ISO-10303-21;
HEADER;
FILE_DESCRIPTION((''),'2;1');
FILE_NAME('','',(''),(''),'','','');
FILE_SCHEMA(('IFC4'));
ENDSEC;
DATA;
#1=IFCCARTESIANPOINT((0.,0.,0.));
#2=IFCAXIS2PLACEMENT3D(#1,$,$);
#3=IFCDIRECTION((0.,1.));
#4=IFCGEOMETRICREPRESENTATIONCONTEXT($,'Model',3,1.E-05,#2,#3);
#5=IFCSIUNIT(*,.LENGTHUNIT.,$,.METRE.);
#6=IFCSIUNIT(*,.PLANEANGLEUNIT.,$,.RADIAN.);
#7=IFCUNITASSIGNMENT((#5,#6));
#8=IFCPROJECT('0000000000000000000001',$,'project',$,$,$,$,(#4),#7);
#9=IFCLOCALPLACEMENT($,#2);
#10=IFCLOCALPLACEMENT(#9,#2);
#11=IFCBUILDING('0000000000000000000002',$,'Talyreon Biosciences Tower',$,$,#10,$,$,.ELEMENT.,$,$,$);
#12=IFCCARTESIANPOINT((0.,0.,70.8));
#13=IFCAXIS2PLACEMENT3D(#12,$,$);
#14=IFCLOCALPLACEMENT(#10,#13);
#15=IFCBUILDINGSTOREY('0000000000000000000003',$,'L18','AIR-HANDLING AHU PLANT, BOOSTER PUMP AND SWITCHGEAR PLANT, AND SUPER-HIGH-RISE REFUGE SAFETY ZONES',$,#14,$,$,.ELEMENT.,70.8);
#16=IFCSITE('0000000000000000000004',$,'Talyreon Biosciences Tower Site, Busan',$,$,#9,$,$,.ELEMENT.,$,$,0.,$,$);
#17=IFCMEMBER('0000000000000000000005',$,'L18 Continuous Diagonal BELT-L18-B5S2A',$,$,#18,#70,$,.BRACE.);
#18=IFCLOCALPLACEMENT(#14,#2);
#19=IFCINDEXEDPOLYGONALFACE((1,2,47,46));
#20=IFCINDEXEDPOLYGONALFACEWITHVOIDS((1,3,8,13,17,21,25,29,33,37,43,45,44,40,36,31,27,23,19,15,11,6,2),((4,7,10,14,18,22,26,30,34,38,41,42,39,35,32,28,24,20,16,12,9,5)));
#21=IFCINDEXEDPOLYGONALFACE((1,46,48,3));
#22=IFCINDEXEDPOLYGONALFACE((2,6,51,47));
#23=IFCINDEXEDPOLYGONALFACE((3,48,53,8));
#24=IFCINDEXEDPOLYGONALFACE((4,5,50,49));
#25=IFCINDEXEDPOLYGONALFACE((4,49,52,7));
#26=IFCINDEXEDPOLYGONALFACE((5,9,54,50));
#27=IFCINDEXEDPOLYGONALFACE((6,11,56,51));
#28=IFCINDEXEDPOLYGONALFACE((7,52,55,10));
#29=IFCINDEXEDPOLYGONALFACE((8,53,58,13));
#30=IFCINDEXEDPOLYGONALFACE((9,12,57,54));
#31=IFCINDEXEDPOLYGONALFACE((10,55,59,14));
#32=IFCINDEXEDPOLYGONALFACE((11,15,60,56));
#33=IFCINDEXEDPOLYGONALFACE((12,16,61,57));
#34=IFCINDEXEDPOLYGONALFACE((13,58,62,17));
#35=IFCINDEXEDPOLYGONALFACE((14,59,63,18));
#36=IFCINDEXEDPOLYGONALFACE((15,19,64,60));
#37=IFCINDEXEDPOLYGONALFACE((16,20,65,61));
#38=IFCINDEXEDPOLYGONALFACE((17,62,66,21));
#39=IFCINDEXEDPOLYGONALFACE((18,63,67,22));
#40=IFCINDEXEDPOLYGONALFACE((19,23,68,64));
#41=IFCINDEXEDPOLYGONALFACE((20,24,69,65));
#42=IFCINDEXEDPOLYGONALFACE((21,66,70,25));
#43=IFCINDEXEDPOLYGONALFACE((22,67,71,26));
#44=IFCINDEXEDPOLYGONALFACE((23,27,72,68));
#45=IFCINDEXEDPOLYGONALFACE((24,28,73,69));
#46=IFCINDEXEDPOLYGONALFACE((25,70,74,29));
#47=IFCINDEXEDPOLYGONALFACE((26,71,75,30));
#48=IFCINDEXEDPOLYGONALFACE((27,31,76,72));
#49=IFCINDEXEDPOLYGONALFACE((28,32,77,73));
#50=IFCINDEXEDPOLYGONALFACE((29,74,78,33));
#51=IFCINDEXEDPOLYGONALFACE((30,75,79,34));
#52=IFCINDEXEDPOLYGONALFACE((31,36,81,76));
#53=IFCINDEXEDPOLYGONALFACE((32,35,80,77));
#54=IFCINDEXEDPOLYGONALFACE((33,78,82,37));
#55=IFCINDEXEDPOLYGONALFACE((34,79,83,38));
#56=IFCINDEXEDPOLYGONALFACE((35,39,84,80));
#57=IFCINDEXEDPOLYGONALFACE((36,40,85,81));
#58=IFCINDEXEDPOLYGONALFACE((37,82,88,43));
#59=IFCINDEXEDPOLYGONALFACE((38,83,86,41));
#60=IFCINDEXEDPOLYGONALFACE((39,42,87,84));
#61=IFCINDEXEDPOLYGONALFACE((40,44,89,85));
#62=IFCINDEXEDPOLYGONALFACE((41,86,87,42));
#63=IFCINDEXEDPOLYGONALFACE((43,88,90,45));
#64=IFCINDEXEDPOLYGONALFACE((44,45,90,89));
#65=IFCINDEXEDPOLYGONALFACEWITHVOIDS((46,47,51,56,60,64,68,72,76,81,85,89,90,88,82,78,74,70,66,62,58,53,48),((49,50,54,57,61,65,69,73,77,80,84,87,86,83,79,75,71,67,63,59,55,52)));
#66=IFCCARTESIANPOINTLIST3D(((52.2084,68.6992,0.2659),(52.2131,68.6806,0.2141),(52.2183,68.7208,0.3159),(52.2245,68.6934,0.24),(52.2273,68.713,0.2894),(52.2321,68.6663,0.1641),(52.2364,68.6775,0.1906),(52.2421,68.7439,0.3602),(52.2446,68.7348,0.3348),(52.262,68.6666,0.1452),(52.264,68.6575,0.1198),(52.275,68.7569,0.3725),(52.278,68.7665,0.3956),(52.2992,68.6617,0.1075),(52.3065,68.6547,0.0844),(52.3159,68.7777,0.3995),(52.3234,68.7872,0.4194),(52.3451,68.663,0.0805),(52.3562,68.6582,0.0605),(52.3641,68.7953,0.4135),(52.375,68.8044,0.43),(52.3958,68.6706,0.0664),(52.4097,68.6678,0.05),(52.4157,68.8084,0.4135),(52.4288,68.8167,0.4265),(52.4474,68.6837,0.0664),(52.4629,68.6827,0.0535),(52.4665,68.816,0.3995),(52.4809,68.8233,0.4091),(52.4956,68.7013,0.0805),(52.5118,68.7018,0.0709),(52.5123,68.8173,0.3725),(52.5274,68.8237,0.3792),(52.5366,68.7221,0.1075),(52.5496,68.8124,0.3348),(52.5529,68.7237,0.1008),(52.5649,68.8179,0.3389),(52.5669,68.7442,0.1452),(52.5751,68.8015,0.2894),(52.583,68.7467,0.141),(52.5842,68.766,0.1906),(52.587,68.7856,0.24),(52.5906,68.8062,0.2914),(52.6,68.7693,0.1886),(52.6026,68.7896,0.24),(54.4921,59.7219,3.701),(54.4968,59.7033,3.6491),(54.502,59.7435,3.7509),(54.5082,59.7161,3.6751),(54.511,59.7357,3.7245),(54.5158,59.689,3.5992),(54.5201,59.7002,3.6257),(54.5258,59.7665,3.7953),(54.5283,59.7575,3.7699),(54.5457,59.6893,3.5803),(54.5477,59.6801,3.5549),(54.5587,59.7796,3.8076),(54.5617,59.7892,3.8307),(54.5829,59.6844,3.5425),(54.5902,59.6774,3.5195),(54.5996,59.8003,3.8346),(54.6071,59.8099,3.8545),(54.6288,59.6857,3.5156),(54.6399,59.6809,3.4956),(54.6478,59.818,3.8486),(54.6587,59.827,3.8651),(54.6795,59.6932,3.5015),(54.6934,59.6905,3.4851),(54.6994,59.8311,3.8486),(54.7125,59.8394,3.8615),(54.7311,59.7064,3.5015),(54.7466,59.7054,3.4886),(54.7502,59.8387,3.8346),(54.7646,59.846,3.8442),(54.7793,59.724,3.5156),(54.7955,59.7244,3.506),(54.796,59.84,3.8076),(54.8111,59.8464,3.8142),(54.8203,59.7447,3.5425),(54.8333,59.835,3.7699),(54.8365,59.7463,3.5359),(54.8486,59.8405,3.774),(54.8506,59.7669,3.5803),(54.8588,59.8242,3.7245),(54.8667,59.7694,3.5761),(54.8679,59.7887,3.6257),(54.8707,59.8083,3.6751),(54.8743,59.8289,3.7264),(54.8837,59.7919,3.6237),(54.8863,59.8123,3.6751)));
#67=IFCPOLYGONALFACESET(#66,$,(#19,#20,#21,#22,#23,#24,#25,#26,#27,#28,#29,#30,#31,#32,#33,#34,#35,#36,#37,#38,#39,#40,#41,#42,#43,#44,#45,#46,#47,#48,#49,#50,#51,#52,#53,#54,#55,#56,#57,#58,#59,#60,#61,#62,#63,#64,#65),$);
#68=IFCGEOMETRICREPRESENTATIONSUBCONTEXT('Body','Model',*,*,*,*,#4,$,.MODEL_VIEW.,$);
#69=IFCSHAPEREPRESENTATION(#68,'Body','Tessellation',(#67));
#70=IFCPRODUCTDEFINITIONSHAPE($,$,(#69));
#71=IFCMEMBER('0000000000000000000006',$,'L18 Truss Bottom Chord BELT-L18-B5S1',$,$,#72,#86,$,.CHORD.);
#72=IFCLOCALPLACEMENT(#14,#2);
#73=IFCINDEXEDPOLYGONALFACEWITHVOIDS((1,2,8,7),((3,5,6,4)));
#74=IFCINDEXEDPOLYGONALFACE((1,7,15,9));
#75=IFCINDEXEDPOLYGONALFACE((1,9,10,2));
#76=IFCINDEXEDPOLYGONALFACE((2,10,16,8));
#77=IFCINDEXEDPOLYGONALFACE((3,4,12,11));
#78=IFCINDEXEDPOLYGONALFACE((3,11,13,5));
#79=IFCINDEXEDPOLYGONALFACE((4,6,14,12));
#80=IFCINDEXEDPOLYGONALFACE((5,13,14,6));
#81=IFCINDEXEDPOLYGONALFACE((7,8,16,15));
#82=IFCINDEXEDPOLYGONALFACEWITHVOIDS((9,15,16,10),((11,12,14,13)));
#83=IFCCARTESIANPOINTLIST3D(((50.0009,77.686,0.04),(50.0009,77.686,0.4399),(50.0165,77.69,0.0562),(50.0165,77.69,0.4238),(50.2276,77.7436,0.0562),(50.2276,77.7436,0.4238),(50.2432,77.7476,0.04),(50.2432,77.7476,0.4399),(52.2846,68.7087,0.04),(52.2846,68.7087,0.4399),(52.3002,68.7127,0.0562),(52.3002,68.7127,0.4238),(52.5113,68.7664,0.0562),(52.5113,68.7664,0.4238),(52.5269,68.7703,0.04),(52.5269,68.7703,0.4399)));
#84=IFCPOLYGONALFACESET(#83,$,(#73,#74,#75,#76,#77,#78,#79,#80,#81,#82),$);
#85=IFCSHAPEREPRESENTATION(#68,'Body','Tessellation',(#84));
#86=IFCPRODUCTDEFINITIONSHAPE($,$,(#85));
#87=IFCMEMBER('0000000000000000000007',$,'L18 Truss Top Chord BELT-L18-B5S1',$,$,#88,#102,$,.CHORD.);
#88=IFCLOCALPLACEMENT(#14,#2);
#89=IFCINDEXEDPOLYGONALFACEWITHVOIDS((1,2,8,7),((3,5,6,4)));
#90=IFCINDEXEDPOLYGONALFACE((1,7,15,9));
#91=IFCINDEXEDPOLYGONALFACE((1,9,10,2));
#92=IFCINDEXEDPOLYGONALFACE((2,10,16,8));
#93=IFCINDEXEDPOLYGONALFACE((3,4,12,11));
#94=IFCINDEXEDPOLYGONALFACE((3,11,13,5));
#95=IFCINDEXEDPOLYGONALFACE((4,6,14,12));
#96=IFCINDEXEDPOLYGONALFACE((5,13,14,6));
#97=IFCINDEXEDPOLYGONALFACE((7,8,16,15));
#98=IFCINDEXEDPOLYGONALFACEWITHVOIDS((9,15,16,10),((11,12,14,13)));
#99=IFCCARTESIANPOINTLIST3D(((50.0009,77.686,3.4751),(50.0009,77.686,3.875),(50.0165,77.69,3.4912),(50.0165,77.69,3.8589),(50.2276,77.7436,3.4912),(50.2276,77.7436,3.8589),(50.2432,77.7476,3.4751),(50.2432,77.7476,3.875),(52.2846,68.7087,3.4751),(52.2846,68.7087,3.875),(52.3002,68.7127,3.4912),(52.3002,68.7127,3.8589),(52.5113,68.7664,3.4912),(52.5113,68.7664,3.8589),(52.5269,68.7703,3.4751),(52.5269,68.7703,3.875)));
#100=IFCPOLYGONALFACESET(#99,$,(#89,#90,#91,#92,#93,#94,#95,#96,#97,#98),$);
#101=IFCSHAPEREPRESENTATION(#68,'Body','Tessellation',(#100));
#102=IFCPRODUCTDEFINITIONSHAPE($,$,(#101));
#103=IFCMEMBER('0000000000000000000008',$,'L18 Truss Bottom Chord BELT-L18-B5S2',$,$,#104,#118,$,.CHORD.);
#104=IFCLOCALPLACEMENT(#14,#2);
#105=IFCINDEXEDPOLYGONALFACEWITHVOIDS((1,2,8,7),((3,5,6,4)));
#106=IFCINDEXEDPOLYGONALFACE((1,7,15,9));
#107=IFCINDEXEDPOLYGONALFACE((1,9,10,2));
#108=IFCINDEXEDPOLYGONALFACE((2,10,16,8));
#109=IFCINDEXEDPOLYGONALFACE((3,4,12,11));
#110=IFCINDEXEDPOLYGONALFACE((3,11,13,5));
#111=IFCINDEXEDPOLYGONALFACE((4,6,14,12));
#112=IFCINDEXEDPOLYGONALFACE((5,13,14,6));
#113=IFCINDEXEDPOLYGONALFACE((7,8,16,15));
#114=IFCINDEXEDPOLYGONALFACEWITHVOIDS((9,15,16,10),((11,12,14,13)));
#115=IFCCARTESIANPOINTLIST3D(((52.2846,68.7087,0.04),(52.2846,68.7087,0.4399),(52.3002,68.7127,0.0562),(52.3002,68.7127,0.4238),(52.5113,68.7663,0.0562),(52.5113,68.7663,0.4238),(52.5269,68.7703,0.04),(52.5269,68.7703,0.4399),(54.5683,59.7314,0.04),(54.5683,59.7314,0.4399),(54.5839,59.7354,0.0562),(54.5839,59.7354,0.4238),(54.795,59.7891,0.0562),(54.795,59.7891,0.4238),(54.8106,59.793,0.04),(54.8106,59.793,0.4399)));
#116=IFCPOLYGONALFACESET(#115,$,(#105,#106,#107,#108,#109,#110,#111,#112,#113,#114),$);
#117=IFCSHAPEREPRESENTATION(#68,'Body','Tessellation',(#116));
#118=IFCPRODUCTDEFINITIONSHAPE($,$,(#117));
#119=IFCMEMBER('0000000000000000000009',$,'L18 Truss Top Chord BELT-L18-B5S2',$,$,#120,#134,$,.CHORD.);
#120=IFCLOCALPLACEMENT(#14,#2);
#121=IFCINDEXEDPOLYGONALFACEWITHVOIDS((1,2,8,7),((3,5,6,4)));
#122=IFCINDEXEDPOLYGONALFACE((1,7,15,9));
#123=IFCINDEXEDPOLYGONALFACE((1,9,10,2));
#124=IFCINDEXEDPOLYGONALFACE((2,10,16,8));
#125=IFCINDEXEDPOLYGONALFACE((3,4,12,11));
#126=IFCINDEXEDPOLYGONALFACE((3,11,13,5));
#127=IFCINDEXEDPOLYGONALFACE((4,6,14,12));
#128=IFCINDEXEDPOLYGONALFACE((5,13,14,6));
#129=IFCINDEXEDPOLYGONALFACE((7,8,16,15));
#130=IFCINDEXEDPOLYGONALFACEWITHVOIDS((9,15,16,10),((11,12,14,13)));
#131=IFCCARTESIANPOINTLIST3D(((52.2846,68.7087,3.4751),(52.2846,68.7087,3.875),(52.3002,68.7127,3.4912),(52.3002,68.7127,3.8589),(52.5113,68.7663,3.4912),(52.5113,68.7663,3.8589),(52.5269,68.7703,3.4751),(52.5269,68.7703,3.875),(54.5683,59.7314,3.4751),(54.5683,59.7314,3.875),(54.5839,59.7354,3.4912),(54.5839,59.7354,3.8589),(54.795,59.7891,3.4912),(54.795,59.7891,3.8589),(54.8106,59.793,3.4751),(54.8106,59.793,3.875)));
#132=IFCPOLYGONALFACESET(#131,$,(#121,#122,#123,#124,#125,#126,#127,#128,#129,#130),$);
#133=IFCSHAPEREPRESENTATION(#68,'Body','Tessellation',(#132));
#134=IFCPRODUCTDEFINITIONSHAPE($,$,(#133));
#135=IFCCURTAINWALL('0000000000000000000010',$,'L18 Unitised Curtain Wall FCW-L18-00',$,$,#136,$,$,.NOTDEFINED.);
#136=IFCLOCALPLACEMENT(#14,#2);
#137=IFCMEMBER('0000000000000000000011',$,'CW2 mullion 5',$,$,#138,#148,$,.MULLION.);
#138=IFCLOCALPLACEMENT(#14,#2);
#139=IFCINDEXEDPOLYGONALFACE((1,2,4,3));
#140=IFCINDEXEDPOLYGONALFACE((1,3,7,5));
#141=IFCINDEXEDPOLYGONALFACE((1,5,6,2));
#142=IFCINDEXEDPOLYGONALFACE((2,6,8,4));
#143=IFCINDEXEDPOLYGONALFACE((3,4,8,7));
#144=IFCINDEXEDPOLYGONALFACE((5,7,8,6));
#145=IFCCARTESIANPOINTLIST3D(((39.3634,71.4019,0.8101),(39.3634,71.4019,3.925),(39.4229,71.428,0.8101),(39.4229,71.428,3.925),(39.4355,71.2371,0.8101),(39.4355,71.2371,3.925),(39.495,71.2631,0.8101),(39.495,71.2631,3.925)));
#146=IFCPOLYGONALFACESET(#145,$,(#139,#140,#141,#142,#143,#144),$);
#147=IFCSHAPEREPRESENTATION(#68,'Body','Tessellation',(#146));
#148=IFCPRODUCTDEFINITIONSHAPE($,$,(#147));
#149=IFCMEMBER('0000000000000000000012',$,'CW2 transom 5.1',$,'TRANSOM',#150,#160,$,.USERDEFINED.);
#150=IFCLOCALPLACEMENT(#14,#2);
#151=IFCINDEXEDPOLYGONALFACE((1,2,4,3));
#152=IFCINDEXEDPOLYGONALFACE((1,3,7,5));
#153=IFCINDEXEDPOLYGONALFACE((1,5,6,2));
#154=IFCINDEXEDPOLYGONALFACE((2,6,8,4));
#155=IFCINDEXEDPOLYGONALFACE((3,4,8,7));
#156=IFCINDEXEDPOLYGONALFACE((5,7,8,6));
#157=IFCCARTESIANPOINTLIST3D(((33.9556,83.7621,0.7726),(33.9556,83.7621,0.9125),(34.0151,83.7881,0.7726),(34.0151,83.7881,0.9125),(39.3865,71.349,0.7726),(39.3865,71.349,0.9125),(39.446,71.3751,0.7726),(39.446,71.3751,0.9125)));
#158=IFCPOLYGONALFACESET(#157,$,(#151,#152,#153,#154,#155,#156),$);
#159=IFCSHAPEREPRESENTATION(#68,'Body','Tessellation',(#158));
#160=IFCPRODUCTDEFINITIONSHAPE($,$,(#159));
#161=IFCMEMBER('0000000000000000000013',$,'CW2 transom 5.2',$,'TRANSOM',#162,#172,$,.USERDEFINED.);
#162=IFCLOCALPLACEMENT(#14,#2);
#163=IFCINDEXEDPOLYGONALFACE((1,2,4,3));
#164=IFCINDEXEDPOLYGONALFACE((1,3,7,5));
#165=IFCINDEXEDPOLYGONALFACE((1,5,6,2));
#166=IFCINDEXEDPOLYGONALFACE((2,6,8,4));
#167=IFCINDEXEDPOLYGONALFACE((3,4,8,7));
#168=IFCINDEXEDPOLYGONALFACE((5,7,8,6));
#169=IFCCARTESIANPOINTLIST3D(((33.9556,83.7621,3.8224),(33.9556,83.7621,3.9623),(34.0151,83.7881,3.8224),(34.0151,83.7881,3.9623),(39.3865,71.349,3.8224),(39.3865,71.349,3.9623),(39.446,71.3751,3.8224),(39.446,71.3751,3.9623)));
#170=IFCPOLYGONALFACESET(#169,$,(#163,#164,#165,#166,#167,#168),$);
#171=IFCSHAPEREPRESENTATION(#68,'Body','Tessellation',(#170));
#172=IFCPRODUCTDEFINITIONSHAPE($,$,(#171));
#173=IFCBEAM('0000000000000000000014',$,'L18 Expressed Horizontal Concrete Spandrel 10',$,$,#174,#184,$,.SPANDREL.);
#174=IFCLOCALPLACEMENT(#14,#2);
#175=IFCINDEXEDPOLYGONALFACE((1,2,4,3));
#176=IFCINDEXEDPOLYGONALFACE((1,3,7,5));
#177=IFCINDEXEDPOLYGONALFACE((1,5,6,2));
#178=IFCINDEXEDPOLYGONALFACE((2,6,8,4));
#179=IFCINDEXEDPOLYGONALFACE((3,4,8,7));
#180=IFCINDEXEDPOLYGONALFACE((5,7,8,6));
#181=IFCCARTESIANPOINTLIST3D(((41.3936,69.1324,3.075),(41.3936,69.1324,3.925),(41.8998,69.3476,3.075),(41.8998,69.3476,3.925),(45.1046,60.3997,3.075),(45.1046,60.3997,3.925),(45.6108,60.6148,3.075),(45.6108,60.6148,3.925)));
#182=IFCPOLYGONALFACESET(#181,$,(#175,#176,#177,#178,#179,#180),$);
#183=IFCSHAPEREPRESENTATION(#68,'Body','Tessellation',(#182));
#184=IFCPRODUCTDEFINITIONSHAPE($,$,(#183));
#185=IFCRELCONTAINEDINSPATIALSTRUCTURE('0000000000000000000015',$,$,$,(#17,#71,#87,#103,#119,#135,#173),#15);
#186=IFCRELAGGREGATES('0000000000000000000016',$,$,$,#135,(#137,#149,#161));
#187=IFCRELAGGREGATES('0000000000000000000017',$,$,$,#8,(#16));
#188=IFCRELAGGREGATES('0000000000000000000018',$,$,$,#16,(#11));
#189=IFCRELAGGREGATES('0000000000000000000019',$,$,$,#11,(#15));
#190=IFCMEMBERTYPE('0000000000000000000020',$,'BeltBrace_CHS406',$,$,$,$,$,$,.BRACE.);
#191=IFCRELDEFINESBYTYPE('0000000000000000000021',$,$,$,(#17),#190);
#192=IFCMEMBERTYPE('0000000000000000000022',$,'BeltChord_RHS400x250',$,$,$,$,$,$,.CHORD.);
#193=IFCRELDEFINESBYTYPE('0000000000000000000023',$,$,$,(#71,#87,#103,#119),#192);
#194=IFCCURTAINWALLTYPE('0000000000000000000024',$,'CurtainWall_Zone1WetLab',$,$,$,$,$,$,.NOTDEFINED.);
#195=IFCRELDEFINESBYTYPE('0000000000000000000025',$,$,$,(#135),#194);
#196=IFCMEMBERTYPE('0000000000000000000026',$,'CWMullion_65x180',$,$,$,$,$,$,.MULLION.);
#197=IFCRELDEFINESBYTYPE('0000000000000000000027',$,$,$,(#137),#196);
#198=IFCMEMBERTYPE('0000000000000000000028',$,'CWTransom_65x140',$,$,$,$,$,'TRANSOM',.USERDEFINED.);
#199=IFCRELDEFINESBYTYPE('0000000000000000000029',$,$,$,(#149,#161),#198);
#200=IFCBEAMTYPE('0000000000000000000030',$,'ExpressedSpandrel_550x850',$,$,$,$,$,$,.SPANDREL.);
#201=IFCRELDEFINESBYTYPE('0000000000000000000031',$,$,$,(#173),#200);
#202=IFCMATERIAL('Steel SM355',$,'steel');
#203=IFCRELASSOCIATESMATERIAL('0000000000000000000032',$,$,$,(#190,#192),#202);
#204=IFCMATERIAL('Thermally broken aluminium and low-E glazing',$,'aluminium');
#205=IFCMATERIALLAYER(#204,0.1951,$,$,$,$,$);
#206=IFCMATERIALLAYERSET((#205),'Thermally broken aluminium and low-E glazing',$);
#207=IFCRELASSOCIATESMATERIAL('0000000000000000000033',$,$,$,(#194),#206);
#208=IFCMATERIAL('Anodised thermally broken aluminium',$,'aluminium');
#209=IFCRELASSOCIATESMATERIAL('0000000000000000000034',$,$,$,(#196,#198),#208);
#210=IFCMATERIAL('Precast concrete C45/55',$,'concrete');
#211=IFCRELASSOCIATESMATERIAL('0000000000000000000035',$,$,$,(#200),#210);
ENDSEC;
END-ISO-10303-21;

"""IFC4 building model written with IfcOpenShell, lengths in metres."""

from ifc_helpers import new_model, si_unit, direction, frame, origin, origin_2d, place, context, subcontext, project, spatial, rectangle, hollow_rectangle, hollow_circle, extrude, material, layer, layer_set, material_profile, profile_set, type_object, element, aggregate, save


model = new_model("IFC4")

# Units and contexts
model_context = context("Model", 3, precision=1e-05, world=origin(), true_north=direction((0.0, 1.0)))
body_context = subcontext(model_context, "Body", "Model", "MODEL_VIEW")
ifc_project = project(units=[si_unit("LENGTHUNIT", "METRE"), si_unit("PLANEANGLEUNIT", "RADIAN")], contexts=[model_context])

# Site, building, storey
site_placement = place(None, origin())
site = spatial("IfcSite", under=ifc_project, at=site_placement, Name="Talyreon Biosciences Tower Site, Busan", CompositionType="ELEMENT", RefElevation=0.0)
building_placement = place(site_placement, origin())
building = spatial("IfcBuilding", under=site, at=building_placement, Name="Talyreon Biosciences Tower", CompositionType="ELEMENT")
storey_placement = place(building_placement, frame((0.0, 0.0, 70.8)))
storey = spatial("IfcBuildingStorey", under=building, at=storey_placement, Name="L18", Description="AIR-HANDLING AHU PLANT, BOOSTER PUMP AND SWITCHGEAR PLANT, AND SUPER-HIGH-RISE REFUGE SAFETY ZONES", CompositionType="ELEMENT", Elevation=70.8)

# Members
ifc_material_1 = material(Name="Steel SM355", Category="steel")
ifc_material_profile_1 = material_profile(ifc_material_1, hollow_circle(Radius=0.2031, WallThickness=0.0161, at=origin_2d()), Name="CHS 406.4x16")
ifc_profile_set_1 = profile_set([ifc_material_profile_1], Name="Steel SM355")
member_type_1 = type_object("IfcMemberType", Name="BeltBrace_CHS406", PredefinedType="BRACE", material=ifc_profile_set_1)
member_1_placement = place(storey_placement, frame((52.4058, 68.7395, 0.24), z_axis=(0.231152, -0.908669, 0.347692), x_axis=(0.969134, 0.246533, 0.0)))
element("IfcMember", 1, at=member_1_placement, inside=storey, type_object=member_type_1, Name="L18 Continuous Diagonal BELT-L18-B5S2A", PredefinedType="BRACE", context=body_context, shape_type="SweptSolid", body=[
    extrude(hollow_circle(Radius=0.2031, WallThickness=0.0161, at=origin_2d()), origin(), (0.0, 0.0, 1.0), 9.8796),
])
ifc_material_profile_2 = material_profile(ifc_material_1, hollow_rectangle(XDim=0.25, YDim=0.3999, WallThickness=0.0161, at=origin_2d()), Name="RHS 400x250x16")
ifc_profile_set_2 = profile_set([ifc_material_profile_2], Name="Steel SM355")
member_type_2 = type_object("IfcMemberType", Name="BeltChord_RHS400x250", PredefinedType="CHORD", material=ifc_profile_set_2)
for number, where, z_axis, x_axis, name in (
    (2, (50.1221, 77.7168, 0.24), (0.246533, -0.969134, 0.0), (0.969134, 0.246533, 0.0), "L18 Truss Bottom Chord BELT-L18-B5S1"),
    (3, (50.1221, 77.7168, 3.675), (0.246533, -0.969134, 0.0), (0.969134, 0.246533, 0.0), "L18 Truss Top Chord BELT-L18-B5S1"),
    (4, (52.4058, 68.7395, 0.24), (0.246533, -0.969134, 0.0), (0.969134, 0.246533, 0.0), "L18 Truss Bottom Chord BELT-L18-B5S2"),
    (5, (52.4058, 68.7395, 3.675), (0.246533, -0.969134, 0.0), (0.969134, 0.246533, 0.0), "L18 Truss Top Chord BELT-L18-B5S2"),
):
    element("IfcMember", number, at=place(storey_placement, frame(where, z_axis=z_axis, x_axis=x_axis)), inside=storey, type_object=member_type_2, Name=name, PredefinedType="CHORD", context=body_context, shape_type="SweptSolid", body=[
        extrude(hollow_rectangle(XDim=0.25, YDim=0.3999, WallThickness=0.0161, at=origin_2d()), origin(), (0.0, 0.0, 1.0), 9.2632),
    ])

# Curtain wall, members
ifc_material_2 = material(Name="Thermally broken aluminium and low-E glazing", Category="aluminium")
ifc_layer_1 = layer(ifc_material_2, 0.1951)
ifc_layer_set_1 = layer_set([ifc_layer_1], Name="Thermally broken aluminium and low-E glazing")
curtain_wall_type = type_object("IfcCurtainWallType", Name="CurtainWall_Zone1WetLab", PredefinedType="NOTDEFINED", material=ifc_layer_set_1)
curtain_wall_placement = place(storey_placement, origin())
curtain_wall = element("IfcCurtainWall", 6, at=curtain_wall_placement, inside=storey, type_object=curtain_wall_type, Name="L18 Unitised Curtain Wall FCW-L18-00", PredefinedType="NOTDEFINED")
ifc_material_3 = material(Name="Anodised thermally broken aluminium", Category="aluminium")
ifc_material_profile_3 = material_profile(ifc_material_3, rectangle(XDim=0.0649, YDim=0.1799, at=origin_2d()), Name="ALUM MULLION 65x180")
ifc_profile_set_3 = profile_set([ifc_material_profile_3], Name="Anodised thermally broken aluminium")
member_type_3 = type_object("IfcMemberType", Name="CWMullion_65x180", PredefinedType="MULLION", material=ifc_profile_set_3)
member_2_placement = place(storey_placement, frame((39.4292, 71.3325, 0.8101), z_axis=(0.0, 0.0, 1.0), x_axis=(-0.916152, -0.400831, 0.0)))
member_2 = element("IfcMember", 7, at=member_2_placement, type_object=member_type_3, Name="CW2 mullion 5", PredefinedType="MULLION", context=body_context, shape_type="SweptSolid", body=[
    extrude(rectangle(XDim=0.0649, YDim=0.1799, at=origin_2d()), origin(), (0.0, 0.0, 1.0), 3.115),
])
ifc_material_profile_4 = material_profile(ifc_material_3, rectangle(XDim=0.0649, YDim=0.1399, at=origin_2d()), Name="ALUM TRANSOM 65x140")
ifc_profile_set_4 = profile_set([ifc_material_profile_4], Name="Anodised thermally broken aluminium")
member_type_4 = type_object("IfcMemberType", Name="CWTransom_65x140", ElementType="TRANSOM", PredefinedType="USERDEFINED", material=ifc_profile_set_4)
member_3_placement = place(storey_placement, frame((39.4163, 71.3621, 0.8425), z_axis=(-0.40083, 0.916152, 0.0), x_axis=(-0.916152, -0.40083, 0.0)))
member_3 = element("IfcMember", 8, at=member_3_placement, type_object=member_type_4, Name="CW2 transom 5.1", ObjectType="TRANSOM", PredefinedType="USERDEFINED", context=body_context, shape_type="SweptSolid", body=[
    extrude(rectangle(XDim=0.0649, YDim=0.1399, at=origin_2d()), origin(), (0.0, 0.0, 1.0), 13.5491),
])
member_4_placement = place(storey_placement, frame((39.4163, 71.3621, 3.8923), z_axis=(-0.40083, 0.916152, 0.0), x_axis=(-0.916152, -0.40083, 0.0)))
member_4 = element("IfcMember", 9, at=member_4_placement, type_object=member_type_4, Name="CW2 transom 5.2", ObjectType="TRANSOM", PredefinedType="USERDEFINED", context=body_context, shape_type="SweptSolid", body=[
    extrude(rectangle(XDim=0.0649, YDim=0.1399, at=origin_2d()), origin(), (0.0, 0.0, 1.0), 13.5491),
])

# Beam
ifc_material_4 = material(Name="Precast concrete C45/55", Category="concrete")
ifc_material_profile_5 = material_profile(ifc_material_4, rectangle(XDim=0.55, YDim=0.8501, at=origin_2d()), Name="RCB 550x850")
ifc_profile_set_5 = profile_set([ifc_material_profile_5], Name="Precast concrete C45/55")
beam_type = type_object("IfcBeamType", Name="ExpressedSpandrel_550x850", PredefinedType="SPANDREL", material=ifc_profile_set_5)
beam_placement = place(storey_placement, frame((41.6467, 69.24, 3.5), z_axis=(0.391101, -0.920348, 0.0), x_axis=(0.920348, 0.391101, 0.0)))
element("IfcBeam", 10, at=beam_placement, inside=storey, type_object=beam_type, Name="L18 Expressed Horizontal Concrete Spandrel 10", PredefinedType="SPANDREL", context=body_context, shape_type="SweptSolid", body=[
    extrude(rectangle(XDim=0.55, YDim=0.8501, at=origin_2d()), origin(), (0.0, 0.0, 1.0), 9.4885),
])

aggregate(curtain_wall, [member_2, member_3, member_4])

save(model, "model.ifc")
